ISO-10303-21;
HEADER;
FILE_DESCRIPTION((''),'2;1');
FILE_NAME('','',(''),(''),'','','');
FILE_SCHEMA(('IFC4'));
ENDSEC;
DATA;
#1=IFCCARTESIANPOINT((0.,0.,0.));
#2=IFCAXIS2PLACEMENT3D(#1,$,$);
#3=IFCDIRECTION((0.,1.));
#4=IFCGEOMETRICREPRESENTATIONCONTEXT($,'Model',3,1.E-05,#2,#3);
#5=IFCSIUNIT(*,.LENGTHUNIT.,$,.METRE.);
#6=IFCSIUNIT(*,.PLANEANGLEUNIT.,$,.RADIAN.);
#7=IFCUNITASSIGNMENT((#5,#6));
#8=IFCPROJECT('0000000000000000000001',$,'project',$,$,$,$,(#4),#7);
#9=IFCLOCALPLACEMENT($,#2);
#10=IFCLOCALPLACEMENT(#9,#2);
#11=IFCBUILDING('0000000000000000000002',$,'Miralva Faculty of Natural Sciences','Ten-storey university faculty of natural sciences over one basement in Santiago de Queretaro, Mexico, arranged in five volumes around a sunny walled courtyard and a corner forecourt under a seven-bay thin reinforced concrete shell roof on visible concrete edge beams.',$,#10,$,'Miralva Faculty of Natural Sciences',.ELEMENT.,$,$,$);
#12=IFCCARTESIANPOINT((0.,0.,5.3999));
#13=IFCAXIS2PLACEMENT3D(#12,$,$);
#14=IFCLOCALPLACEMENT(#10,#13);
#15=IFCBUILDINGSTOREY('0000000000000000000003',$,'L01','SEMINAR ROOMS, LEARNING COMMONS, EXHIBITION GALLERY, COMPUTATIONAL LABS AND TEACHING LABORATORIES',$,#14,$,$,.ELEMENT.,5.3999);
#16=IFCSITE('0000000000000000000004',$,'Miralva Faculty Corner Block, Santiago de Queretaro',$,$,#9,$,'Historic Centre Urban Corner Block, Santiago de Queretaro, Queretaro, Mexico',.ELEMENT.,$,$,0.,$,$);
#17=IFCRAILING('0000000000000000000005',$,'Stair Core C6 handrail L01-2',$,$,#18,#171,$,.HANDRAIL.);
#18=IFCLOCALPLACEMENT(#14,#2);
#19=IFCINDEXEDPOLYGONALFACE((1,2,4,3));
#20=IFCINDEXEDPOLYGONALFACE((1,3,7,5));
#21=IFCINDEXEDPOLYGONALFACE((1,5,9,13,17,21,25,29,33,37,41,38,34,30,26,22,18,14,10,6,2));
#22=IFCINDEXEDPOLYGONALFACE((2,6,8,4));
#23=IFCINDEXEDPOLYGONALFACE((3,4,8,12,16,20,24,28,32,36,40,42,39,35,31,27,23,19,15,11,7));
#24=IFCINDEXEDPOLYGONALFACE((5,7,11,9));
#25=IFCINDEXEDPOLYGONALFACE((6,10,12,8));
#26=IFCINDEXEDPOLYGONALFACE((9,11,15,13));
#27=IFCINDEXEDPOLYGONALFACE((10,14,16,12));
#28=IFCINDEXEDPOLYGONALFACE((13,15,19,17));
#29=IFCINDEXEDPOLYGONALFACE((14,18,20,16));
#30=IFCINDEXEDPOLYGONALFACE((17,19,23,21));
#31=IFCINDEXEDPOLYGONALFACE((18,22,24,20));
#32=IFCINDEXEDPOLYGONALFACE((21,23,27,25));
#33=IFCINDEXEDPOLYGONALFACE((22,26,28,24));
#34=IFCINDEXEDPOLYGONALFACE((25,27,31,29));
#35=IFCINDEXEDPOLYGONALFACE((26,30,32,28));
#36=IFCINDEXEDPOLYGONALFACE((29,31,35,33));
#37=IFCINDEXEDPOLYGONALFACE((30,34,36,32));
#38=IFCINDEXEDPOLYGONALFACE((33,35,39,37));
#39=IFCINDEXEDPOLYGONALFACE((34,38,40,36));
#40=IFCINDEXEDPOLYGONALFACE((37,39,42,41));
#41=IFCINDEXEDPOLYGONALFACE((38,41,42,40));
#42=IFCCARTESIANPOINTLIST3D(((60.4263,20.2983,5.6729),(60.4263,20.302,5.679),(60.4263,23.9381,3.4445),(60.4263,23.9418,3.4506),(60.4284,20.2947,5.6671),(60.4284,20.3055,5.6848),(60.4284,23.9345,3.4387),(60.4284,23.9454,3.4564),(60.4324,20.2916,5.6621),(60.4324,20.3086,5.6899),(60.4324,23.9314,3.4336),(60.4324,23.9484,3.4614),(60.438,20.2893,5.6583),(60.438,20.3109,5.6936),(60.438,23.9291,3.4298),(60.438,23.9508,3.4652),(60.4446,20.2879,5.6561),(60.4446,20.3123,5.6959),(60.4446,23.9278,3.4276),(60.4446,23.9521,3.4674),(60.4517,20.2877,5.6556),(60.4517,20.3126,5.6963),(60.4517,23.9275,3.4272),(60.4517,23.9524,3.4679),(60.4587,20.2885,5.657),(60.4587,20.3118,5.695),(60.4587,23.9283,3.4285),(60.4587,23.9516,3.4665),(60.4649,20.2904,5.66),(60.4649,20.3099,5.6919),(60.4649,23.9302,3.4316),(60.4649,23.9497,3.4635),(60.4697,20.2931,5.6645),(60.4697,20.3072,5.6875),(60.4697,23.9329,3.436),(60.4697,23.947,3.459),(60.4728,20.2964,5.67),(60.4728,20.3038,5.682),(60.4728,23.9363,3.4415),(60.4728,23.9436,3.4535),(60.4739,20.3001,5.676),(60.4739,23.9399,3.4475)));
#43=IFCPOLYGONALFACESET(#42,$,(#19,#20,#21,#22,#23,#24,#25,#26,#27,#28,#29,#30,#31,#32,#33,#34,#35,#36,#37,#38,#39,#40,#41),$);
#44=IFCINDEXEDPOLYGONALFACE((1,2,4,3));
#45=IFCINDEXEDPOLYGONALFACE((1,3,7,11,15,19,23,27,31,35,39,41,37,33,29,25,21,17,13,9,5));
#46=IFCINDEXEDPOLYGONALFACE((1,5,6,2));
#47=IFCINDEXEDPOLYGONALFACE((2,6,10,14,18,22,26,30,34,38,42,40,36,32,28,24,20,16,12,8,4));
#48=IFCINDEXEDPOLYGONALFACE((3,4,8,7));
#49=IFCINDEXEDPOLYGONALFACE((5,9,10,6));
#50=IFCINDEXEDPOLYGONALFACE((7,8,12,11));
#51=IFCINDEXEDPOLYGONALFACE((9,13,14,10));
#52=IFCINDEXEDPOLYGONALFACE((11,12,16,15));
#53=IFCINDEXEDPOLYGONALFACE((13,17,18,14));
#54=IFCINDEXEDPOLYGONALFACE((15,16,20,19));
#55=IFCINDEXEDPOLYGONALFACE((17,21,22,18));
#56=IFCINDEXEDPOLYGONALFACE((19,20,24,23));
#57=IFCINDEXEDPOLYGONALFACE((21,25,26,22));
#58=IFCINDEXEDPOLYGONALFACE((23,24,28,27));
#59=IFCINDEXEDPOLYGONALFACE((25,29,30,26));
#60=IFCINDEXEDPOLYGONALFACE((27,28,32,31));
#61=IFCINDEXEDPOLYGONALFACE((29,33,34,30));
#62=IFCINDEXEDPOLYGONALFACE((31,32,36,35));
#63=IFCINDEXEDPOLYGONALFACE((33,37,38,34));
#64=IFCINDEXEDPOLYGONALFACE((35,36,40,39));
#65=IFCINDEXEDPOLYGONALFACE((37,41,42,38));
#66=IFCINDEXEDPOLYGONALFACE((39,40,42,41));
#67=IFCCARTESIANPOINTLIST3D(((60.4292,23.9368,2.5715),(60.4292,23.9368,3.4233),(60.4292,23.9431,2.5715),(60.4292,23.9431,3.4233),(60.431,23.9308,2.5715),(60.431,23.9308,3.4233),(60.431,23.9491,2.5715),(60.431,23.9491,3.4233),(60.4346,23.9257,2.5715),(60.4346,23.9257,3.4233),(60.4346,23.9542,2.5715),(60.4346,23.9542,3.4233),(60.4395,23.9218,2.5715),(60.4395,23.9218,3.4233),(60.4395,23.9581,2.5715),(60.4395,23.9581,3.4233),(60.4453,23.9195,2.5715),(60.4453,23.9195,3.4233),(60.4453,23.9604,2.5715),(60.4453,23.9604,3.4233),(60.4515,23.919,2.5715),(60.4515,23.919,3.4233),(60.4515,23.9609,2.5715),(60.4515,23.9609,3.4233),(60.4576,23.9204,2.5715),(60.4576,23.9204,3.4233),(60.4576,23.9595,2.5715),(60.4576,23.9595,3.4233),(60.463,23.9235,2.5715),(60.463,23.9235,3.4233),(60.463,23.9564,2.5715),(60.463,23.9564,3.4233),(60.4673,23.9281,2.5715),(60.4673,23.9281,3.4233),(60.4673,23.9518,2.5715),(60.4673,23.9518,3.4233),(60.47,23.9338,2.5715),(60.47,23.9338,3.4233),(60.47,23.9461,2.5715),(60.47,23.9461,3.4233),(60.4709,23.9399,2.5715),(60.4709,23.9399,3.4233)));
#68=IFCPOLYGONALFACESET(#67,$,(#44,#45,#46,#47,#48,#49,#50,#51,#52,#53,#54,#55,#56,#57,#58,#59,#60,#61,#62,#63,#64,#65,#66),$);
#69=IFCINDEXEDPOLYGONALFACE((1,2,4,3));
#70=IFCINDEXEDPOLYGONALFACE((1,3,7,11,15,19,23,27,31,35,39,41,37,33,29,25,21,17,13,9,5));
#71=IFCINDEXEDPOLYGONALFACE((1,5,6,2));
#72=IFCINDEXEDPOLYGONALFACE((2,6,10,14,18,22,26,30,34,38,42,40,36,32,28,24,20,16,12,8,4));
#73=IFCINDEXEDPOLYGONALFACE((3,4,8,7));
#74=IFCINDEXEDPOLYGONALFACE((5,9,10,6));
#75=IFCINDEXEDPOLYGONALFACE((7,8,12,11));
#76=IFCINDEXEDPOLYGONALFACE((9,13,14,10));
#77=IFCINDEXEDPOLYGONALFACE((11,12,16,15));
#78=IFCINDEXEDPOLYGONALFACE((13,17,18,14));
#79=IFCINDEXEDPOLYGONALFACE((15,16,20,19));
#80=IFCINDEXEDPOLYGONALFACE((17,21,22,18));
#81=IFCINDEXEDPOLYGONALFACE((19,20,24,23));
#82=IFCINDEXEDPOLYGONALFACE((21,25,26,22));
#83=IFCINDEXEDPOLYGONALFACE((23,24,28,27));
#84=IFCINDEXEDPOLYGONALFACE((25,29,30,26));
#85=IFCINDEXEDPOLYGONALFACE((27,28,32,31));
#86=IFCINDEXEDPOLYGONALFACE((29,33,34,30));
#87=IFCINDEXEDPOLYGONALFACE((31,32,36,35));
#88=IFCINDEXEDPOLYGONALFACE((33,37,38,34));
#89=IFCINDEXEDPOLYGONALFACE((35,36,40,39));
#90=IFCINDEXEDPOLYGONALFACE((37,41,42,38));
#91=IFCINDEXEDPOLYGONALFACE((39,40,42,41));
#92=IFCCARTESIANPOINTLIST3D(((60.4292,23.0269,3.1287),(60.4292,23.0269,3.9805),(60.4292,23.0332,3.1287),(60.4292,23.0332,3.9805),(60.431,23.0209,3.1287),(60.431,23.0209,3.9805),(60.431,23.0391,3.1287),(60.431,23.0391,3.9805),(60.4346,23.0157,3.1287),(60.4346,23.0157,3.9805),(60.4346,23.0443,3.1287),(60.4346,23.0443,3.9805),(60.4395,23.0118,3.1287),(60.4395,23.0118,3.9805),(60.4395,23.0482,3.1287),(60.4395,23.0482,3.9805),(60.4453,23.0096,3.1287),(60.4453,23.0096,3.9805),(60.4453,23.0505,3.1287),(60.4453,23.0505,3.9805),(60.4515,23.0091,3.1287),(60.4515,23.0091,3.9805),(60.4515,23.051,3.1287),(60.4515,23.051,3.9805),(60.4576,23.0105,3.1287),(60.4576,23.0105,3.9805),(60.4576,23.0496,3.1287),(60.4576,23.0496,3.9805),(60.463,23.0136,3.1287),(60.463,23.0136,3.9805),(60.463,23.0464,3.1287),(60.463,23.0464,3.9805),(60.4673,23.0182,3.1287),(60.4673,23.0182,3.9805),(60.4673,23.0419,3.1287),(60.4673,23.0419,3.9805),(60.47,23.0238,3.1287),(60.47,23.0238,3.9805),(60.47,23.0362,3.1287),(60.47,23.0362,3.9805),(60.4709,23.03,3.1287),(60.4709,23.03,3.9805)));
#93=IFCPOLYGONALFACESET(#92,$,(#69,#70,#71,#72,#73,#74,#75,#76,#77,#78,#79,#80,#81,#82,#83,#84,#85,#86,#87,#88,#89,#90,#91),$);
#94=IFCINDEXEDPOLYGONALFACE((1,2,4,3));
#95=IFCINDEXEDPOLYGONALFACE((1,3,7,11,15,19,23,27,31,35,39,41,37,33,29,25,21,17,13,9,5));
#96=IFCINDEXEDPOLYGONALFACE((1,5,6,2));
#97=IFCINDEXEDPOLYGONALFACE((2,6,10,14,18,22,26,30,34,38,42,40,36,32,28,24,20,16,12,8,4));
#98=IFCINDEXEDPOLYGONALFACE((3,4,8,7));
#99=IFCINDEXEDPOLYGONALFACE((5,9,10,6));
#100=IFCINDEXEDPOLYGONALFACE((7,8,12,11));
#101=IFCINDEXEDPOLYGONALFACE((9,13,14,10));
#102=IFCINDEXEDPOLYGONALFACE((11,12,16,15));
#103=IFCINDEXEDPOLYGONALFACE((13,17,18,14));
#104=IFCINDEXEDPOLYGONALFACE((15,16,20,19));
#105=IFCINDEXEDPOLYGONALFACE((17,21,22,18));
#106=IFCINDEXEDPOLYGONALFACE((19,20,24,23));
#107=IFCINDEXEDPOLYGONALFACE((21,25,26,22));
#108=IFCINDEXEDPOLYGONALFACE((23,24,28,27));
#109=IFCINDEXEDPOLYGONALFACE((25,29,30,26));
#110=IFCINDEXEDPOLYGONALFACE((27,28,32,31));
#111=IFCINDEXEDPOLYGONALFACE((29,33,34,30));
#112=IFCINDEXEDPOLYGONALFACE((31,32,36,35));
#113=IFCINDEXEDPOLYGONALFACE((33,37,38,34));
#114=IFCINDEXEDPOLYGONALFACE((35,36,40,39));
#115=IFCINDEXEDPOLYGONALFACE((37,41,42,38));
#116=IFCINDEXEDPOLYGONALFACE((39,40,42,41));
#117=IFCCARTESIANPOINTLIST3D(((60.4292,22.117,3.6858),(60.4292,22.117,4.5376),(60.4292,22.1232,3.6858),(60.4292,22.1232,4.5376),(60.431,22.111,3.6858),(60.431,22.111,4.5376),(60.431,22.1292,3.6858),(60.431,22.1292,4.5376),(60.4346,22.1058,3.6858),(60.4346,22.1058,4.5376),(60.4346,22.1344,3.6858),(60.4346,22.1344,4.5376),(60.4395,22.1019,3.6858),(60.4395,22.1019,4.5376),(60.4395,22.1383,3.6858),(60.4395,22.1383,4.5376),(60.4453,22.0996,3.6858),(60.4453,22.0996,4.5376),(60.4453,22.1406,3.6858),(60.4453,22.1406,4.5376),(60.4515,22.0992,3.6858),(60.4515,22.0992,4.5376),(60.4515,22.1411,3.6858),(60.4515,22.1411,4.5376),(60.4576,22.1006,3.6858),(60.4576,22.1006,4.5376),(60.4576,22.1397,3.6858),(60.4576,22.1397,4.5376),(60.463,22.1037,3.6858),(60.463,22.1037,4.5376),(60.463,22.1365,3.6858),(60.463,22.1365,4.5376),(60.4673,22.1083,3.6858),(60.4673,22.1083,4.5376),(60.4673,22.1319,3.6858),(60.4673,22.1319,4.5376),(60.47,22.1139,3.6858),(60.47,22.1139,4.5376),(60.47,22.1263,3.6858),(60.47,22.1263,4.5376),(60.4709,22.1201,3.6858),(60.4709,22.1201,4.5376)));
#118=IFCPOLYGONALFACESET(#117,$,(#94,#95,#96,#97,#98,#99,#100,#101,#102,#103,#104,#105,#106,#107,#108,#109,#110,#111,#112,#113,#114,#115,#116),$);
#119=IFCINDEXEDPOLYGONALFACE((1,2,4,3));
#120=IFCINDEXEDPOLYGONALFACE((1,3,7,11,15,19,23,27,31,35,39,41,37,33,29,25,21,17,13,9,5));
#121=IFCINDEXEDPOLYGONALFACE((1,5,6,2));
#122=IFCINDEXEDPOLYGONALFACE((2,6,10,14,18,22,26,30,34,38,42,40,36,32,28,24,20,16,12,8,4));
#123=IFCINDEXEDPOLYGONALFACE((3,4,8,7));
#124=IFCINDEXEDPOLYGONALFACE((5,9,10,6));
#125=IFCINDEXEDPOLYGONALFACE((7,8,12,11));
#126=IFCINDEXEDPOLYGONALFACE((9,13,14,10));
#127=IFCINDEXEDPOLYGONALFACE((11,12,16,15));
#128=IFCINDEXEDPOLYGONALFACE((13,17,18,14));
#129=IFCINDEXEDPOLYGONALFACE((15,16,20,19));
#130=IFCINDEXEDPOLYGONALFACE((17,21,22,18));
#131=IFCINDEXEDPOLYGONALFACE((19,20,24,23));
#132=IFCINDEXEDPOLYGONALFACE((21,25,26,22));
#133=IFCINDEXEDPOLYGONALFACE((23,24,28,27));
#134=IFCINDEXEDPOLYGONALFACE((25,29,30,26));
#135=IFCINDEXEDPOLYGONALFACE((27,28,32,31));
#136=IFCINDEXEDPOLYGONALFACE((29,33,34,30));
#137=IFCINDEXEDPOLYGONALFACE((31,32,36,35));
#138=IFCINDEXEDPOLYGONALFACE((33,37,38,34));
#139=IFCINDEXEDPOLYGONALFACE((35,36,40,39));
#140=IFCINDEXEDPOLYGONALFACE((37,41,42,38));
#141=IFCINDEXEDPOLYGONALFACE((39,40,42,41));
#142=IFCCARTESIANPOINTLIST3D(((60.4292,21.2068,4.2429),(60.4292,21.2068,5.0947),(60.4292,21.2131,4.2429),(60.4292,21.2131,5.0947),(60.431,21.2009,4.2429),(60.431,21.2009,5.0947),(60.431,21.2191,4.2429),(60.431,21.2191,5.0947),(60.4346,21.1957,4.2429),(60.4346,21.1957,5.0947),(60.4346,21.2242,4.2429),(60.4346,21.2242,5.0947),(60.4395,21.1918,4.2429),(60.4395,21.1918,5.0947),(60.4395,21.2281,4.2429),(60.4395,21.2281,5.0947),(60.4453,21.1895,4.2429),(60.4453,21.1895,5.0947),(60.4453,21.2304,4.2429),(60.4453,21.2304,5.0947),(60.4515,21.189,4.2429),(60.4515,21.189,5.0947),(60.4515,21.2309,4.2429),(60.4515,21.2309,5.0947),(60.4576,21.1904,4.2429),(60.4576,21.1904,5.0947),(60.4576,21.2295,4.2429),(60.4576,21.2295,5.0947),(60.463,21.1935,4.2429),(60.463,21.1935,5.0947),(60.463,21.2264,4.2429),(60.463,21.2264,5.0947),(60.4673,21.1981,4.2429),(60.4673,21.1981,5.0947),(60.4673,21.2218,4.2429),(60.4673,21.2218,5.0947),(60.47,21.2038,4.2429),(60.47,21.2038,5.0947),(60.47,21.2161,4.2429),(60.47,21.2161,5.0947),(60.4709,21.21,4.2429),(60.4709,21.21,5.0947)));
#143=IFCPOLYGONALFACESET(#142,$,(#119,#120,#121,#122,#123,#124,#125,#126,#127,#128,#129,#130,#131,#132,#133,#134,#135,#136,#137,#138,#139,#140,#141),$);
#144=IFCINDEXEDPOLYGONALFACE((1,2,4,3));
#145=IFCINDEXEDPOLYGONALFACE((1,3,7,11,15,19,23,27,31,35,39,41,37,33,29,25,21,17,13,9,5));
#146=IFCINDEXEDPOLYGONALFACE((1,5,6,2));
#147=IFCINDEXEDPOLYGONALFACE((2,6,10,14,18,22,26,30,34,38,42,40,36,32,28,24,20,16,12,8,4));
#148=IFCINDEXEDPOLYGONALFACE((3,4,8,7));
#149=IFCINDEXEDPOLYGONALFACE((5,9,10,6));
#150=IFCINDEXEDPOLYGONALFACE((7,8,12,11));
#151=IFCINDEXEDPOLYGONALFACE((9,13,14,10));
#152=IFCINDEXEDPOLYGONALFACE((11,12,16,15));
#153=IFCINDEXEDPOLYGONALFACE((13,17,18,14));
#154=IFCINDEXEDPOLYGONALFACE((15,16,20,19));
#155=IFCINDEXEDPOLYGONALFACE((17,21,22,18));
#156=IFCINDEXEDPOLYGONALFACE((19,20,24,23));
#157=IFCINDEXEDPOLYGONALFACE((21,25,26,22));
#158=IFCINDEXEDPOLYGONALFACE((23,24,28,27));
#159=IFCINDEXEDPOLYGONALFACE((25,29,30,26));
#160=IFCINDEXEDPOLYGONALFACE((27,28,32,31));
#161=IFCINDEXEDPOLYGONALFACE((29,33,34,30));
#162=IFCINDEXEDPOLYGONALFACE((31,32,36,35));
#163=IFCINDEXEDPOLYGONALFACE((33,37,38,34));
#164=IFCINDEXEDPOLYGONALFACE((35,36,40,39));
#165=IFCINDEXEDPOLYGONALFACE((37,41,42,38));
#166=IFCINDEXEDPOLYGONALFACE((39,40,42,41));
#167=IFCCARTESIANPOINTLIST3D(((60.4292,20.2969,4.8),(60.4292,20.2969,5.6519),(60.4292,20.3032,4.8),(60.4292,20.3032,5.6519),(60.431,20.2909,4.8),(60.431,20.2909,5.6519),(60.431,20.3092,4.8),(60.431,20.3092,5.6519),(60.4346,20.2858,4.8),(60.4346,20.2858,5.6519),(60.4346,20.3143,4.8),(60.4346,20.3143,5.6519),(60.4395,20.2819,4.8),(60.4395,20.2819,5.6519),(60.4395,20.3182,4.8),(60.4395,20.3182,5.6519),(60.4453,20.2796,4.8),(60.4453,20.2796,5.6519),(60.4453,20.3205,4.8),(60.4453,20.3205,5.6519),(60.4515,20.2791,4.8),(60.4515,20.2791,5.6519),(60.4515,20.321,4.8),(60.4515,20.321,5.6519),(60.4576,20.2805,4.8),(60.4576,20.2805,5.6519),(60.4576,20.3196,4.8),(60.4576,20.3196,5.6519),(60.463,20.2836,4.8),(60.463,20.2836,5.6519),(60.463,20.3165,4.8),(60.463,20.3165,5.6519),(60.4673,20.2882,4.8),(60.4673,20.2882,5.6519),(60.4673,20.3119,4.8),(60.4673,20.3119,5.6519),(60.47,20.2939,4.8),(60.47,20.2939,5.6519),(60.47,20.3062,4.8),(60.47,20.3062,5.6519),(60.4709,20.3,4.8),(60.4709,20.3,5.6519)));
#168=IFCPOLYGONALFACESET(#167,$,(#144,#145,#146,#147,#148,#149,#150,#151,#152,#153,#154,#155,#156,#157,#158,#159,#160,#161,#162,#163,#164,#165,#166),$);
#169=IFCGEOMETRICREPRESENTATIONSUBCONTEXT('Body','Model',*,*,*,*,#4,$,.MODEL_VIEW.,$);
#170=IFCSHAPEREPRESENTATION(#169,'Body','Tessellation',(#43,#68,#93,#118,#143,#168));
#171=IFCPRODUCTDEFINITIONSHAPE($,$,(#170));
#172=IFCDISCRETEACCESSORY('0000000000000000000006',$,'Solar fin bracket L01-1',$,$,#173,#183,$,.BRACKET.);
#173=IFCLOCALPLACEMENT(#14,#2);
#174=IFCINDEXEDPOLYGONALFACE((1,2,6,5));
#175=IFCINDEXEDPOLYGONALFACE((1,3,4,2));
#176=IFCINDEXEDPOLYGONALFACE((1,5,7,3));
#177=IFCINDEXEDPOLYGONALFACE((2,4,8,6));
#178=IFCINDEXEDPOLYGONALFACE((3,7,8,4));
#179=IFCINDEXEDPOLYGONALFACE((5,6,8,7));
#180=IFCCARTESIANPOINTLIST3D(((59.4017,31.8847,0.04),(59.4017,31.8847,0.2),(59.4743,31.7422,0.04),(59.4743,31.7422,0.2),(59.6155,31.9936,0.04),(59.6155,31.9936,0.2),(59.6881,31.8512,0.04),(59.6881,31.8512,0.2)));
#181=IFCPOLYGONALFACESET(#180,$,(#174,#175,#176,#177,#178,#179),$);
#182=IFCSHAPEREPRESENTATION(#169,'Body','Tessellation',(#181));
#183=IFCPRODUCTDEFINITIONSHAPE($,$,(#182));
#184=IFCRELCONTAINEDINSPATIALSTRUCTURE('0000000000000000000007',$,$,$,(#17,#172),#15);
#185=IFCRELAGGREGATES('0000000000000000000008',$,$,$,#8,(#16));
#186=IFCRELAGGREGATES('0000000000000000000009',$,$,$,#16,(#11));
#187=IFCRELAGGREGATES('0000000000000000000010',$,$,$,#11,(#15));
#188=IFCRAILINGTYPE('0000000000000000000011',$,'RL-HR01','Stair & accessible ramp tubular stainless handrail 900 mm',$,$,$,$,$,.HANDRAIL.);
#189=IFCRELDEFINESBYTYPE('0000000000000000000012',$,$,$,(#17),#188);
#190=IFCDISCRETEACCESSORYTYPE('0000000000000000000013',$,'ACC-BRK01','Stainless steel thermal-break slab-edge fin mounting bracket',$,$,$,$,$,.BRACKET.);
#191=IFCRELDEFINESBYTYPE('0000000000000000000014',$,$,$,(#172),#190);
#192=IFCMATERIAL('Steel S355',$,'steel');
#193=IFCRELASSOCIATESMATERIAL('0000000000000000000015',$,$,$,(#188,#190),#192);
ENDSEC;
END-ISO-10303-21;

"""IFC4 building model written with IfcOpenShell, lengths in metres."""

from ifc_helpers import new_model, si_unit, direction, frame, origin, origin_2d, place, context, subcontext, project, spatial, rectangle, circle, extrude, material, type_object, element, save


model = new_model("IFC4")

# Units and contexts
model_context = context("Model", 3, precision=1e-05, world=origin(), true_north=direction((0.0, 1.0)))
body_context = subcontext(model_context, "Body", "Model", "MODEL_VIEW")
ifc_project = project(units=[si_unit("LENGTHUNIT", "METRE"), si_unit("PLANEANGLEUNIT", "RADIAN")], contexts=[model_context])

# Site, building, storey
site_placement = place(None, origin())
site = spatial("IfcSite", under=ifc_project, at=site_placement, Name="Miralva Faculty Corner Block, Santiago de Queretaro", LongName="Historic Centre Urban Corner Block, Santiago de Queretaro, Queretaro, Mexico", CompositionType="ELEMENT", RefElevation=0.0)
building_placement = place(site_placement, origin())
building = spatial("IfcBuilding", under=site, at=building_placement, Name="Miralva Faculty of Natural Sciences", Description="Ten-storey university faculty of natural sciences over one basement in Santiago de Queretaro, Mexico, arranged in five volumes around a sunny walled courtyard and a corner forecourt under a seven-bay thin reinforced concrete shell roof on visible concrete edge beams.", LongName="Miralva Faculty of Natural Sciences", CompositionType="ELEMENT")
storey_placement = place(building_placement, frame((0.0, 0.0, 5.3999)))
storey = spatial("IfcBuildingStorey", under=building, at=storey_placement, Name="L01", Description="SEMINAR ROOMS, LEARNING COMMONS, EXHIBITION GALLERY, COMPUTATIONAL LABS AND TEACHING LABORATORIES", CompositionType="ELEMENT", Elevation=5.3999)

# Railing
ifc_material_1 = material(Name="Steel S355", Category="steel")
railing_type_1 = type_object("IfcRailingType", Name="RL-HR01", Description="Stair & accessible ramp tubular stainless handrail 900 mm", PredefinedType="HANDRAIL", material=ifc_material_1)
railing_1_placement = place(storey_placement, frame((60.45, 23.9399, 2.5715)))
element("IfcRailing", 1, at=railing_1_placement, inside=storey, type_object=railing_type_1, Name="Stair Core C6 handrail L01-2", PredefinedType="HANDRAIL", context=body_context, shape_type="SweptSolid", body=[
    extrude(circle(Radius=0.0239, at=origin_2d()), frame((0.0, 0.0, 0.876), z_axis=(0.0, -0.85285, 0.522156), x_axis=(1.0, 0.0, 0.0)), (0.0, 0.0, 1.0), 4.2678),
    extrude(circle(Radius=0.021, at=origin_2d()), origin(), (0.0, 0.0, 1.0), 0.8518),
    extrude(circle(Radius=0.021, at=origin_2d()), frame((0.0, -0.9099, 0.5571)), (0.0, 0.0, 1.0), 0.8518),
    extrude(circle(Radius=0.021, at=origin_2d()), frame((0.0, -1.8198, 1.1143)), (0.0, 0.0, 1.0), 0.8518),
    extrude(circle(Radius=0.021, at=origin_2d()), frame((0.0, -2.73, 1.6714)), (0.0, 0.0, 1.0), 0.8518),
    extrude(circle(Radius=0.021, at=origin_2d()), frame((0.0, -3.6399, 2.2285)), (0.0, 0.0, 1.0), 0.8518),
])

# Discrete accessory
discrete_accessory_type = type_object("IfcDiscreteAccessoryType", Name="ACC-BRK01", Description="Stainless steel thermal-break slab-edge fin mounting bracket", PredefinedType="BRACKET", material=ifc_material_1)
discrete_accessory_placement = place(storey_placement, frame((59.5449, 31.8679, 0.04), z_axis=(0.0, 0.0, 1.0), x_axis=(-0.45399, 0.891007, 0.0)))
element("IfcDiscreteAccessory", 2, at=discrete_accessory_placement, inside=storey, type_object=discrete_accessory_type, Name="Solar fin bracket L01-1", PredefinedType="BRACKET", context=body_context, shape_type="SweptSolid", body=[
    extrude(rectangle(XDim=0.1599, YDim=0.24, at=origin_2d()), origin(), (0.0, 0.0, 1.0), 0.1599),
])

save(model, "model.ifc")
